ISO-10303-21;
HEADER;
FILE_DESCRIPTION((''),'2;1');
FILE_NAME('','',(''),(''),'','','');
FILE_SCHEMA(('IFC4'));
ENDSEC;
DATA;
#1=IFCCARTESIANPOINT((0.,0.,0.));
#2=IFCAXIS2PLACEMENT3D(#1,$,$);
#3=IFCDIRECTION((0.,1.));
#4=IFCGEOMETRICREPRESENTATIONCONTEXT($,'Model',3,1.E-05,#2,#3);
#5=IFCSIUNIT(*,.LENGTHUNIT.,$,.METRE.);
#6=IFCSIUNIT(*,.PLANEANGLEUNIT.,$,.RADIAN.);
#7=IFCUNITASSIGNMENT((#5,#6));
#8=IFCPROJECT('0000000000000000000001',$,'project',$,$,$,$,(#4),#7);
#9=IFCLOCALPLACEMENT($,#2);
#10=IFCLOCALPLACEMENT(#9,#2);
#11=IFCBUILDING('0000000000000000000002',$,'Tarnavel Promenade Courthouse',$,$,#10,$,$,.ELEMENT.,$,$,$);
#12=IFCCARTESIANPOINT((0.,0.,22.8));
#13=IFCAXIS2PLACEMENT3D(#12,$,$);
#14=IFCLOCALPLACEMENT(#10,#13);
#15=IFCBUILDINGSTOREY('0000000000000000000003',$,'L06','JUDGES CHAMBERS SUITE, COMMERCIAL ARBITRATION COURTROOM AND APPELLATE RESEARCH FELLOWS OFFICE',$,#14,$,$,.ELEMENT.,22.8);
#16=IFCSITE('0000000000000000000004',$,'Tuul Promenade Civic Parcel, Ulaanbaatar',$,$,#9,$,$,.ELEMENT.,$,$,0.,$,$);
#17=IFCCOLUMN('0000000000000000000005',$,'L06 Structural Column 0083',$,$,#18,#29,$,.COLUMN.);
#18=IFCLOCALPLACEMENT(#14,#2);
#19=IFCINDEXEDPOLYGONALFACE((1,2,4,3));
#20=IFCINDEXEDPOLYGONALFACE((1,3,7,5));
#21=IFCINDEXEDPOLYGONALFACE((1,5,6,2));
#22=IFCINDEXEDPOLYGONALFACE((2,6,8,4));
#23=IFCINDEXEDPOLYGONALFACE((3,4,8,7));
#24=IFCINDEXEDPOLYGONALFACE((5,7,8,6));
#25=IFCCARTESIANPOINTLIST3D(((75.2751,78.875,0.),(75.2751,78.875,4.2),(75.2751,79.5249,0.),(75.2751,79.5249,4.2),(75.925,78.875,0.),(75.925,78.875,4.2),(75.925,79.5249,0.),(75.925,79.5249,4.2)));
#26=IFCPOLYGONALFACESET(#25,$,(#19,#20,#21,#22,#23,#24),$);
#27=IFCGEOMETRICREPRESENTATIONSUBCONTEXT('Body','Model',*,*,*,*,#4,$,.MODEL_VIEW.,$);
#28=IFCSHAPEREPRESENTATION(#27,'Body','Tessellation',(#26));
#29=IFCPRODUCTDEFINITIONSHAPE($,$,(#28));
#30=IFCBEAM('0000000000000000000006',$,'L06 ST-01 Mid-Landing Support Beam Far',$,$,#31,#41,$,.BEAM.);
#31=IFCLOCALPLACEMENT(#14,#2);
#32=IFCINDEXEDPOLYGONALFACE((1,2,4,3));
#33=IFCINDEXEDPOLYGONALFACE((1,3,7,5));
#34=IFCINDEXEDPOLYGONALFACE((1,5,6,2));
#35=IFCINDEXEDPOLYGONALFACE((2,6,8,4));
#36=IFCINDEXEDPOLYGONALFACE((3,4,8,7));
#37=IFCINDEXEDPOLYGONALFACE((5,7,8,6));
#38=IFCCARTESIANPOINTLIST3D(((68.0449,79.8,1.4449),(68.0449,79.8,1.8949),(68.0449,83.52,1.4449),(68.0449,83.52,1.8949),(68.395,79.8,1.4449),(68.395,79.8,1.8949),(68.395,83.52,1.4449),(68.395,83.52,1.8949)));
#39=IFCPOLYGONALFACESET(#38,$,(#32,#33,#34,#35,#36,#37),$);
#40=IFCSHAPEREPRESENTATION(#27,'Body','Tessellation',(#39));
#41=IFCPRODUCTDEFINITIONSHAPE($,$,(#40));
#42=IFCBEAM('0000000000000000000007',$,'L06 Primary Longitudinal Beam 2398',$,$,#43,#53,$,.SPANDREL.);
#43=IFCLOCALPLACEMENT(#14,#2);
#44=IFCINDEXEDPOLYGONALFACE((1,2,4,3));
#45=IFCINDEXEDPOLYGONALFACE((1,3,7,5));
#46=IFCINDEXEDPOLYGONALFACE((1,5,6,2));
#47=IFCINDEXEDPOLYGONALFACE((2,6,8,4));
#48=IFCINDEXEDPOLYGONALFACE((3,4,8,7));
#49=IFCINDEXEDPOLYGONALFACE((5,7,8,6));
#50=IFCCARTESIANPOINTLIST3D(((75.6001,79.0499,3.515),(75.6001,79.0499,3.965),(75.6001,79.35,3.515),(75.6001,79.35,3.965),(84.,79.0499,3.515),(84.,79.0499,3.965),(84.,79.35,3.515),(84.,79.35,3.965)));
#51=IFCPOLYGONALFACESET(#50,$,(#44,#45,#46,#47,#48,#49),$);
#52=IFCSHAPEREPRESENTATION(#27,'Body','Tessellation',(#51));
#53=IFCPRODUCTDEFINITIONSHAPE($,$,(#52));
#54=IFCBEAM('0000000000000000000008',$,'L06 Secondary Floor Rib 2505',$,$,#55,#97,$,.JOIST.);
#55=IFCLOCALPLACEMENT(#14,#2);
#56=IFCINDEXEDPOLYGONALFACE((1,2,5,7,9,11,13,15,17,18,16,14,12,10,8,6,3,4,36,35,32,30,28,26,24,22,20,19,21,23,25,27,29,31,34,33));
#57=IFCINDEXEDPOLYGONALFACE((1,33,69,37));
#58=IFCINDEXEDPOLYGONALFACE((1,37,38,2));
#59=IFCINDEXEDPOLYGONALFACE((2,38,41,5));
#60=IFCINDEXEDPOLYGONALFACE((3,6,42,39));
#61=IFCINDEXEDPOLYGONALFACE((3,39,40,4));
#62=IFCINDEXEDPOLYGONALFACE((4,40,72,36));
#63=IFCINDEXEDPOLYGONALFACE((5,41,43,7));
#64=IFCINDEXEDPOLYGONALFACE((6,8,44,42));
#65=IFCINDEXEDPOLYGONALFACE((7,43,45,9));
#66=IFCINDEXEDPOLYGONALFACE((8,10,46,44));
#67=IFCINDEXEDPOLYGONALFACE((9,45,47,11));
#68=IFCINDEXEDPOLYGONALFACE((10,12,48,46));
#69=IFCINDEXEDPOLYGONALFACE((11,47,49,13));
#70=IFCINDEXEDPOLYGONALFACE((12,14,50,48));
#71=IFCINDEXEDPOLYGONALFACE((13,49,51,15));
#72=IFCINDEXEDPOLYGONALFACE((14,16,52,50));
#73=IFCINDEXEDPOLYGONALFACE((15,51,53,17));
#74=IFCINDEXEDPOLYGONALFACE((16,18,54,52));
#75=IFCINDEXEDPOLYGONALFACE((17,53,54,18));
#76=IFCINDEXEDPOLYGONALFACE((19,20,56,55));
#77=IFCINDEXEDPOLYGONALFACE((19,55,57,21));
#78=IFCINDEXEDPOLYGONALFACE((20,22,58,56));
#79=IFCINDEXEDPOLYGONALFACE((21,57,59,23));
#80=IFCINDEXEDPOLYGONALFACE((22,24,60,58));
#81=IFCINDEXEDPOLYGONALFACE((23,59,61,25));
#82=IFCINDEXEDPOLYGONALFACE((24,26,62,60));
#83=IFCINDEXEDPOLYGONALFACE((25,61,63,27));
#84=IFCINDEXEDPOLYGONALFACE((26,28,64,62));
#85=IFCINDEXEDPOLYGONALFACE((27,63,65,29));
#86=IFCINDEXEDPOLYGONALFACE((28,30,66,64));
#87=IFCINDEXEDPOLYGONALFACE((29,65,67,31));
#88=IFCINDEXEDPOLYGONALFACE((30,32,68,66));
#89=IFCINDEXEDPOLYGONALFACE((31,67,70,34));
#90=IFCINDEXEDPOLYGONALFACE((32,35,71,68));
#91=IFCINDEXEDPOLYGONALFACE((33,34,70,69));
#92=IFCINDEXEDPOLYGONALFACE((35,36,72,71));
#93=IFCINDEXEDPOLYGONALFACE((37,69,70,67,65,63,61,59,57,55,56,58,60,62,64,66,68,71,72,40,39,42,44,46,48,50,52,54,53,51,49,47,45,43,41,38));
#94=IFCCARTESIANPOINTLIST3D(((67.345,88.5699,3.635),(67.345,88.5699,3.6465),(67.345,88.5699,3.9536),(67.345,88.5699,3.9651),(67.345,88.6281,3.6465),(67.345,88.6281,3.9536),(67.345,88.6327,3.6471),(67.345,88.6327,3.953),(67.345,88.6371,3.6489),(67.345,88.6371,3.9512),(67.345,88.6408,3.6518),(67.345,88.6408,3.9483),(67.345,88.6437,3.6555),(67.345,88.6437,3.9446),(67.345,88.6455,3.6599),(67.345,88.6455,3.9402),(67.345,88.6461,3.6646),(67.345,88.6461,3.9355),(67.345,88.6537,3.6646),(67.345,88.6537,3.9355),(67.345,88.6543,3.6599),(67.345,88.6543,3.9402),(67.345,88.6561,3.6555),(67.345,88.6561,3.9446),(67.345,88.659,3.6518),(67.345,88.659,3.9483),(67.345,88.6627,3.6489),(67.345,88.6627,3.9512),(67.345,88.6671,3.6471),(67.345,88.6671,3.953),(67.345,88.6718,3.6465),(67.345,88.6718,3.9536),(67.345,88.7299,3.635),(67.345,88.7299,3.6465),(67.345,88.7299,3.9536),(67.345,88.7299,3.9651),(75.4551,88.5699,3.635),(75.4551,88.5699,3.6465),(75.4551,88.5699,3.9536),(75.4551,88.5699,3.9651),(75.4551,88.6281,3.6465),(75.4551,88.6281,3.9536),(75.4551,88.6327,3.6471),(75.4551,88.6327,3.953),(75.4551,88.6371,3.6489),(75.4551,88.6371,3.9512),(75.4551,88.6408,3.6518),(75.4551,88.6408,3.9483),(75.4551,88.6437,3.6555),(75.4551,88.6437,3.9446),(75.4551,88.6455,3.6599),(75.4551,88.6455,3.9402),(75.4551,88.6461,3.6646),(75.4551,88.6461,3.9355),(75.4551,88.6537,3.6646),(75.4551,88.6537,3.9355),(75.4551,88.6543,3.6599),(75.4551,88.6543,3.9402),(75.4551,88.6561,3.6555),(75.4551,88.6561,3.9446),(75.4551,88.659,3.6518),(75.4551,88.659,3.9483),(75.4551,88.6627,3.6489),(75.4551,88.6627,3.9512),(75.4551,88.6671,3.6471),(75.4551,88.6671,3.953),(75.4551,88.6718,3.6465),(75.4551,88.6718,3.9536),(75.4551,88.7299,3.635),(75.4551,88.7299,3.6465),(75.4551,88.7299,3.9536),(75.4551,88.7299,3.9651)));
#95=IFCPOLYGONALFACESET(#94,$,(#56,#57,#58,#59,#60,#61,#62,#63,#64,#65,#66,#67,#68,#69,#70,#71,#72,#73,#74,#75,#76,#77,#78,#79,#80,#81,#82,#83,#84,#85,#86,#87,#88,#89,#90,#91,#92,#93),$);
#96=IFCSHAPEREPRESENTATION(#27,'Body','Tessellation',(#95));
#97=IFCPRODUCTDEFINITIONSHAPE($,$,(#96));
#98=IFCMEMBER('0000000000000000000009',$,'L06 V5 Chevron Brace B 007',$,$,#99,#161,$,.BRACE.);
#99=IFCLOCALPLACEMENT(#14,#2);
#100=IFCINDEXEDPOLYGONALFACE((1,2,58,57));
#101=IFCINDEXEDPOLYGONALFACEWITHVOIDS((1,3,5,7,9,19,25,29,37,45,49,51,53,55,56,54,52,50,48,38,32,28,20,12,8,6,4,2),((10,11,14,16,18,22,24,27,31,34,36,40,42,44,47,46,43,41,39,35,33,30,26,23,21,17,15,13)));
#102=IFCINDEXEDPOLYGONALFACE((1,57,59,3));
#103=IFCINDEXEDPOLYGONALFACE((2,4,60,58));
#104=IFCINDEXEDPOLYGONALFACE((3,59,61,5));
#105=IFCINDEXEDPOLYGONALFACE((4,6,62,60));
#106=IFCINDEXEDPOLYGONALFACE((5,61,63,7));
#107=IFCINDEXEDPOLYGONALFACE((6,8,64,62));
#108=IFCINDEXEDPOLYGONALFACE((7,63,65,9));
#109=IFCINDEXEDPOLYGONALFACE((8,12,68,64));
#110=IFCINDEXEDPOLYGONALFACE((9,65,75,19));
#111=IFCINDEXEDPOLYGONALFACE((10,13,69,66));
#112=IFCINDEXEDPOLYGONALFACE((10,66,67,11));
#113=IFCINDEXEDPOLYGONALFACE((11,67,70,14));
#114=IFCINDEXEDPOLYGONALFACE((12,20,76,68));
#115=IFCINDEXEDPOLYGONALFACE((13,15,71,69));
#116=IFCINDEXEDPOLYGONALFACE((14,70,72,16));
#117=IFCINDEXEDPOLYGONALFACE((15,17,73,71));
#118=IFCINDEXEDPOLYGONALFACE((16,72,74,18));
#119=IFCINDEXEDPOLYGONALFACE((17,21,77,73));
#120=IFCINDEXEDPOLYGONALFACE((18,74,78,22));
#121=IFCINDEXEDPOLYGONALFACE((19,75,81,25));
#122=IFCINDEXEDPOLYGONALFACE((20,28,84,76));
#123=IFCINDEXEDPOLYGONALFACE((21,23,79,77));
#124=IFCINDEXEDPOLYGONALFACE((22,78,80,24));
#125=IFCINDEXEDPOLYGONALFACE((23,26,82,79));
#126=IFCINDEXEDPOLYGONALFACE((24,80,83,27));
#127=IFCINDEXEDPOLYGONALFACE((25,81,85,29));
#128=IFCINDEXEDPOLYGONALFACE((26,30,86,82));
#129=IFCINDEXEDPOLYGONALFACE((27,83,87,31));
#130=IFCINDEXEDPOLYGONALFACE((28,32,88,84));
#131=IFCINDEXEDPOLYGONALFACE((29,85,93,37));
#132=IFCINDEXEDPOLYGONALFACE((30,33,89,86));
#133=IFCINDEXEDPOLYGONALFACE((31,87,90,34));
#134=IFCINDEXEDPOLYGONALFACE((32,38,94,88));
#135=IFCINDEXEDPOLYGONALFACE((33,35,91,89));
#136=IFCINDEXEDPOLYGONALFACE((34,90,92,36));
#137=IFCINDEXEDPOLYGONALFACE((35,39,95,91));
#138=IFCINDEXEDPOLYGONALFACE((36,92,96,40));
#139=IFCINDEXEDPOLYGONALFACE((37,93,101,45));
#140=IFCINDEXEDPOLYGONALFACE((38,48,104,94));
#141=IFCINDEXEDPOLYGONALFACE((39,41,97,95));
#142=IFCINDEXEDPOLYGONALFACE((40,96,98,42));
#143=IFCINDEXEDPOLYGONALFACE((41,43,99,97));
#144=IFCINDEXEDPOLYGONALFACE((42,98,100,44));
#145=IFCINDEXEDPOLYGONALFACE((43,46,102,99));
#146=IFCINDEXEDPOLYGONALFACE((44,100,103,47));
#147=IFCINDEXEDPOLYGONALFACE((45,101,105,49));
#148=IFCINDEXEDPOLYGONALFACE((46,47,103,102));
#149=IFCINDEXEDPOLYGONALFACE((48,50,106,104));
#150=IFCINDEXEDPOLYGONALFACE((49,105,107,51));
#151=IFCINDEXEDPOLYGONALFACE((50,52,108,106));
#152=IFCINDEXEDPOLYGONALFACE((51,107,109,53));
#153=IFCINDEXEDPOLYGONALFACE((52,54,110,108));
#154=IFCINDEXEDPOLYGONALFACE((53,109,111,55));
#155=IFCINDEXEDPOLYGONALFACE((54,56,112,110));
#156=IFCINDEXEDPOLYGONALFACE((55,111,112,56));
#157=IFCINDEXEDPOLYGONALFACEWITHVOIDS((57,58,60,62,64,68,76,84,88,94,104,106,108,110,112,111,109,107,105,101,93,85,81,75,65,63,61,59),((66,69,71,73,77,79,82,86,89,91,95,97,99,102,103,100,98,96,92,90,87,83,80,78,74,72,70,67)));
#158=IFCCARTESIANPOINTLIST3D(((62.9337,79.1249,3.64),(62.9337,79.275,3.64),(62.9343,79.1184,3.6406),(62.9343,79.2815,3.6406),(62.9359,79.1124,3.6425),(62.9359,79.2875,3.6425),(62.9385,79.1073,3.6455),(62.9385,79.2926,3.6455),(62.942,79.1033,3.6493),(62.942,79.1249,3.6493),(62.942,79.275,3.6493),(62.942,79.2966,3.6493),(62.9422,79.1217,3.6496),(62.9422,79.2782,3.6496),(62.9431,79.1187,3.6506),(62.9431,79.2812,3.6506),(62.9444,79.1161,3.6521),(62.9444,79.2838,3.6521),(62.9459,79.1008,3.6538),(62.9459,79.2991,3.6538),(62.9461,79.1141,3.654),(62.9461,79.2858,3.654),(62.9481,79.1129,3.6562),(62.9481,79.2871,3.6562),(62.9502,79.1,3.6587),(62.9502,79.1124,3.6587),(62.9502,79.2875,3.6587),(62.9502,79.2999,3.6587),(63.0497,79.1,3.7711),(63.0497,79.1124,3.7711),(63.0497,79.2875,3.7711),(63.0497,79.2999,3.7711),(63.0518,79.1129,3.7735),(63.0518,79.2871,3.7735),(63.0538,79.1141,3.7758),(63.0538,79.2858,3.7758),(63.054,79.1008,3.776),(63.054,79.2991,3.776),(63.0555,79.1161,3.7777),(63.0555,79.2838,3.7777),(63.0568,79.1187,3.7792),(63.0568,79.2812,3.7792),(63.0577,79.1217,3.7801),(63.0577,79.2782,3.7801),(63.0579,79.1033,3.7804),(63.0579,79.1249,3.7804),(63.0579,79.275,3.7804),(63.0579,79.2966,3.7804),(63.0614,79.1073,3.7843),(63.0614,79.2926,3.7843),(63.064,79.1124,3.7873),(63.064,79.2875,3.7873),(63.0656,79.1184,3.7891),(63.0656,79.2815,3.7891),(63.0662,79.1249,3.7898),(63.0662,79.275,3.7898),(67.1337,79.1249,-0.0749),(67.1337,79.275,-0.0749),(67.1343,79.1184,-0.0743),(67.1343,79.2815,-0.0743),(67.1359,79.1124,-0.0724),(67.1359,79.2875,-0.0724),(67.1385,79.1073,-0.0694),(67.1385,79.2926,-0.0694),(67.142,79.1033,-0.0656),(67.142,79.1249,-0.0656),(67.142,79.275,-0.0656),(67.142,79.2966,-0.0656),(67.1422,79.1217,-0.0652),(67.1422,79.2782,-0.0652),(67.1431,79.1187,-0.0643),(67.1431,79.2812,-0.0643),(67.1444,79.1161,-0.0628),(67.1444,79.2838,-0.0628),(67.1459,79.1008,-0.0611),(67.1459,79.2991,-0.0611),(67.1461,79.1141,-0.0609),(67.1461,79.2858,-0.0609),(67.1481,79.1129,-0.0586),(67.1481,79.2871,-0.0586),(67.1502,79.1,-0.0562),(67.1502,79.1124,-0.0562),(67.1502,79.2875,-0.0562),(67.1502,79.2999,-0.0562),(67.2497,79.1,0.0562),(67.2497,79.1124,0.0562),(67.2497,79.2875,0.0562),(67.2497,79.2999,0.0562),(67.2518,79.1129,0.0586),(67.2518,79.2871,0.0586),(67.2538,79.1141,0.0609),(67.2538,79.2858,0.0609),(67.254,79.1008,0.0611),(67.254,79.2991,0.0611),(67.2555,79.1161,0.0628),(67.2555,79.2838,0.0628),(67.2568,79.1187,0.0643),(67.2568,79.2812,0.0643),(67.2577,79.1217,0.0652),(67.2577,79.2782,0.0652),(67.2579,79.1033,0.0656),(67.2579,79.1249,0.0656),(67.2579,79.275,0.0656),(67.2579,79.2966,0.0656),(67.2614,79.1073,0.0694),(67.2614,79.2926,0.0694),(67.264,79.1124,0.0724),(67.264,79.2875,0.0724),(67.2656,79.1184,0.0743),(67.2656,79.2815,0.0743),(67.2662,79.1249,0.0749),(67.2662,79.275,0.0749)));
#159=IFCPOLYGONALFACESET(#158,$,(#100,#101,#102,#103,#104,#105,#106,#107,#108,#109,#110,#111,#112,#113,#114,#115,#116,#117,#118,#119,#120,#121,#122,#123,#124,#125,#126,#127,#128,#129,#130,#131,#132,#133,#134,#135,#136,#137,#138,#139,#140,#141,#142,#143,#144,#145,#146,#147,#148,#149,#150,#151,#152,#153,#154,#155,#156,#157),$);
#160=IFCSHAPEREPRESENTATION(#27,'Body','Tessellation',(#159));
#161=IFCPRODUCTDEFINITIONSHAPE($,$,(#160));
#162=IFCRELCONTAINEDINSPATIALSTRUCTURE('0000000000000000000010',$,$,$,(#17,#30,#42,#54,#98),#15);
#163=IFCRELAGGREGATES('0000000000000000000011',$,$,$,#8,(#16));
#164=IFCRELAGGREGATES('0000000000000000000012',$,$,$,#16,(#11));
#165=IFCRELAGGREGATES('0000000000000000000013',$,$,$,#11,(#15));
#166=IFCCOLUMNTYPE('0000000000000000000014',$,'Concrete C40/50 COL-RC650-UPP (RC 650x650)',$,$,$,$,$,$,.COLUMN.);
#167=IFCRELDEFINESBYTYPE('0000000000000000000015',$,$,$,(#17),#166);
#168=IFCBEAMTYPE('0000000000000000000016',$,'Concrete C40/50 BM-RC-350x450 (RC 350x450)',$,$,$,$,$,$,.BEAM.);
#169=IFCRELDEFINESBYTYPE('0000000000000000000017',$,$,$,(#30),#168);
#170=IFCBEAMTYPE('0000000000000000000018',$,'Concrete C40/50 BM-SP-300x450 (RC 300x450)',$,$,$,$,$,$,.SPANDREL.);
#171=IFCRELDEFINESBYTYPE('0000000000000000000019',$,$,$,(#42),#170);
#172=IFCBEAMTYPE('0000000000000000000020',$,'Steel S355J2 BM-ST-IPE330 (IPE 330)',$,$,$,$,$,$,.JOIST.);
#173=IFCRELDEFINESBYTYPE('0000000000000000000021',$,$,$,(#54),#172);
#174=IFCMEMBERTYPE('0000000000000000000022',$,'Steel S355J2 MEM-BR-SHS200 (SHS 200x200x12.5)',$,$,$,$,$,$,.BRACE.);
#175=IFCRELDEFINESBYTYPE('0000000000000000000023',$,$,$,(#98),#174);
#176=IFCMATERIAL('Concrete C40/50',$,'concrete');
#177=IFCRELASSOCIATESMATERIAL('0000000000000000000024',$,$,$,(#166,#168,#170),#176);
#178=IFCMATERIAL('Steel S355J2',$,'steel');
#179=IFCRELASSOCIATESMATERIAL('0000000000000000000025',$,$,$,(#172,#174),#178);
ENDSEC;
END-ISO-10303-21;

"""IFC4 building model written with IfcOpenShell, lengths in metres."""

from ifc_helpers import new_model, si_unit, direction, frame, origin, origin_2d, place, context, subcontext, project, spatial, rectangle, hollow_rectangle, i_section, extrude, material, material_profile, profile_set, type_object, element, save


model = new_model("IFC4")

# Units and contexts
model_context = context("Model", 3, precision=1e-05, world=origin(), true_north=direction((0.0, 1.0)))
body_context = subcontext(model_context, "Body", "Model", "MODEL_VIEW")
ifc_project = project(units=[si_unit("LENGTHUNIT", "METRE"), si_unit("PLANEANGLEUNIT", "RADIAN")], contexts=[model_context])

# Site, building, storey
site_placement = place(None, origin())
site = spatial("IfcSite", under=ifc_project, at=site_placement, Name="Tuul Promenade Civic Parcel, Ulaanbaatar", CompositionType="ELEMENT", RefElevation=0.0)
building_placement = place(site_placement, origin())
building = spatial("IfcBuilding", under=site, at=building_placement, Name="Tarnavel Promenade Courthouse", CompositionType="ELEMENT")
storey_placement = place(building_placement, frame((0.0, 0.0, 22.8)))
storey = spatial("IfcBuildingStorey", under=building, at=storey_placement, Name="L06", Description="JUDGES CHAMBERS SUITE, COMMERCIAL ARBITRATION COURTROOM AND APPELLATE RESEARCH FELLOWS OFFICE", CompositionType="ELEMENT", Elevation=22.8)

# Column
ifc_material_1 = material(Name="Concrete C40/50", Category="concrete")
ifc_material_profile_1 = material_profile(ifc_material_1, rectangle(XDim=0.6499, YDim=0.6499, at=origin_2d()), Name="RC 650x650")
ifc_profile_set_1 = profile_set([ifc_material_profile_1], Name="Concrete C40/50")
column_type = type_object("IfcColumnType", Name="Concrete C40/50 COL-RC650-UPP (RC 650x650)", PredefinedType="COLUMN", material=ifc_profile_set_1)
column_placement = place(storey_placement, frame((75.6001, 79.2, 0.0), z_axis=(0.0, 0.0, 1.0), x_axis=(1.0, 0.0, 0.0)))
element("IfcColumn", 1, at=column_placement, inside=storey, type_object=column_type, Name="L06 Structural Column 0083", PredefinedType="COLUMN", context=body_context, shape_type="SweptSolid", body=[
    extrude(rectangle(XDim=0.6499, YDim=0.6499, at=origin_2d()), origin(), (0.0, 0.0, 1.0), 4.2),
])

# Beams
ifc_material_profile_2 = material_profile(ifc_material_1, rectangle(XDim=0.3501, YDim=0.45, at=origin_2d()), Name="RC 350x450")
ifc_profile_set_2 = profile_set([ifc_material_profile_2], Name="Concrete C40/50")
beam_type_1 = type_object("IfcBeamType", Name="Concrete C40/50 BM-RC-350x450 (RC 350x450)", PredefinedType="BEAM", material=ifc_profile_set_2)
beam_1_placement = place(storey_placement, frame((68.22, 79.8, 1.6699), z_axis=(0.0, 1.0, 0.0), x_axis=(-1.0, 0.0, 0.0)))
element("IfcBeam", 2, at=beam_1_placement, inside=storey, type_object=beam_type_1, Name="L06 ST-01 Mid-Landing Support Beam Far", PredefinedType="BEAM", context=body_context, shape_type="SweptSolid", body=[
    extrude(rectangle(XDim=0.3501, YDim=0.45, at=origin_2d()), origin(), (0.0, 0.0, 1.0), 3.72),
])
ifc_material_profile_3 = material_profile(ifc_material_1, rectangle(XDim=0.3, YDim=0.45, at=origin_2d()), Name="RC 300x450")
ifc_profile_set_3 = profile_set([ifc_material_profile_3], Name="Concrete C40/50")
beam_type_2 = type_object("IfcBeamType", Name="Concrete C40/50 BM-SP-300x450 (RC 300x450)", PredefinedType="SPANDREL", material=ifc_profile_set_3)
beam_2_placement = place(storey_placement, frame((75.6001, 79.2, 3.74), z_axis=(1.0, 0.0, 0.0), x_axis=(0.0, 1.0, 0.0)))
element("IfcBeam", 3, at=beam_2_placement, inside=storey, type_object=beam_type_2, Name="L06 Primary Longitudinal Beam 2398", PredefinedType="SPANDREL", context=body_context, shape_type="SweptSolid", body=[
    extrude(rectangle(XDim=0.3, YDim=0.45, at=origin_2d()), origin(), (0.0, 0.0, 1.0), 8.3999),
])
ifc_material_2 = material(Name="Steel S355J2", Category="steel")
ifc_material_profile_4 = material_profile(ifc_material_2, i_section(OverallWidth=0.1599, OverallDepth=0.3301, WebThickness=0.0076, FlangeThickness=0.0115, FilletRadius=0.0181, at=origin_2d()), Name="IPE 330")
ifc_profile_set_4 = profile_set([ifc_material_profile_4], Name="Steel S355J2")
beam_type_3 = type_object("IfcBeamType", Name="Steel S355J2 BM-ST-IPE330 (IPE 330)", PredefinedType="JOIST", material=ifc_profile_set_4)
beam_3_placement = place(storey_placement, frame((67.345, 88.6499, 3.8), z_axis=(1.0, 0.0, 0.0), x_axis=(0.0, 1.0, 0.0)))
element("IfcBeam", 4, at=beam_3_placement, inside=storey, type_object=beam_type_3, Name="L06 Secondary Floor Rib 2505", PredefinedType="JOIST", context=body_context, shape_type="SweptSolid", body=[
    extrude(i_section(OverallWidth=0.1599, OverallDepth=0.3301, WebThickness=0.0076, FlangeThickness=0.0115, FilletRadius=0.0181, at=origin_2d()), origin(), (0.0, 0.0, 1.0), 8.1101),
])

# Member
ifc_material_profile_5 = material_profile(ifc_material_2, hollow_rectangle(XDim=0.2, YDim=0.2, WallThickness=0.0125, InnerFilletRadius=0.0125, OuterFilletRadius=0.0249, at=origin_2d()), Name="SHS 200x200x12.5")
ifc_profile_set_5 = profile_set([ifc_material_profile_5], Name="Steel S355J2")
member_type = type_object("IfcMemberType", Name="Steel S355J2 MEM-BR-SHS200 (SHS 200x200x12.5)", PredefinedType="BRACE", material=ifc_profile_set_5)
member_placement = place(storey_placement, frame((67.2, 79.2, 0.0), z_axis=(-0.749041, 0.0, 0.662524), x_axis=(0.0, -1.0, 0.0)))
element("IfcMember", 5, at=member_placement, inside=storey, type_object=member_type, Name="L06 V5 Chevron Brace B 007", PredefinedType="BRACE", context=body_context, shape_type="SweptSolid", body=[
    extrude(hollow_rectangle(XDim=0.2, YDim=0.2, WallThickness=0.0125, InnerFilletRadius=0.0125, OuterFilletRadius=0.0249, at=origin_2d()), origin(), (0.0, 0.0, 1.0), 5.6072),
])

save(model, "model.ifc")
